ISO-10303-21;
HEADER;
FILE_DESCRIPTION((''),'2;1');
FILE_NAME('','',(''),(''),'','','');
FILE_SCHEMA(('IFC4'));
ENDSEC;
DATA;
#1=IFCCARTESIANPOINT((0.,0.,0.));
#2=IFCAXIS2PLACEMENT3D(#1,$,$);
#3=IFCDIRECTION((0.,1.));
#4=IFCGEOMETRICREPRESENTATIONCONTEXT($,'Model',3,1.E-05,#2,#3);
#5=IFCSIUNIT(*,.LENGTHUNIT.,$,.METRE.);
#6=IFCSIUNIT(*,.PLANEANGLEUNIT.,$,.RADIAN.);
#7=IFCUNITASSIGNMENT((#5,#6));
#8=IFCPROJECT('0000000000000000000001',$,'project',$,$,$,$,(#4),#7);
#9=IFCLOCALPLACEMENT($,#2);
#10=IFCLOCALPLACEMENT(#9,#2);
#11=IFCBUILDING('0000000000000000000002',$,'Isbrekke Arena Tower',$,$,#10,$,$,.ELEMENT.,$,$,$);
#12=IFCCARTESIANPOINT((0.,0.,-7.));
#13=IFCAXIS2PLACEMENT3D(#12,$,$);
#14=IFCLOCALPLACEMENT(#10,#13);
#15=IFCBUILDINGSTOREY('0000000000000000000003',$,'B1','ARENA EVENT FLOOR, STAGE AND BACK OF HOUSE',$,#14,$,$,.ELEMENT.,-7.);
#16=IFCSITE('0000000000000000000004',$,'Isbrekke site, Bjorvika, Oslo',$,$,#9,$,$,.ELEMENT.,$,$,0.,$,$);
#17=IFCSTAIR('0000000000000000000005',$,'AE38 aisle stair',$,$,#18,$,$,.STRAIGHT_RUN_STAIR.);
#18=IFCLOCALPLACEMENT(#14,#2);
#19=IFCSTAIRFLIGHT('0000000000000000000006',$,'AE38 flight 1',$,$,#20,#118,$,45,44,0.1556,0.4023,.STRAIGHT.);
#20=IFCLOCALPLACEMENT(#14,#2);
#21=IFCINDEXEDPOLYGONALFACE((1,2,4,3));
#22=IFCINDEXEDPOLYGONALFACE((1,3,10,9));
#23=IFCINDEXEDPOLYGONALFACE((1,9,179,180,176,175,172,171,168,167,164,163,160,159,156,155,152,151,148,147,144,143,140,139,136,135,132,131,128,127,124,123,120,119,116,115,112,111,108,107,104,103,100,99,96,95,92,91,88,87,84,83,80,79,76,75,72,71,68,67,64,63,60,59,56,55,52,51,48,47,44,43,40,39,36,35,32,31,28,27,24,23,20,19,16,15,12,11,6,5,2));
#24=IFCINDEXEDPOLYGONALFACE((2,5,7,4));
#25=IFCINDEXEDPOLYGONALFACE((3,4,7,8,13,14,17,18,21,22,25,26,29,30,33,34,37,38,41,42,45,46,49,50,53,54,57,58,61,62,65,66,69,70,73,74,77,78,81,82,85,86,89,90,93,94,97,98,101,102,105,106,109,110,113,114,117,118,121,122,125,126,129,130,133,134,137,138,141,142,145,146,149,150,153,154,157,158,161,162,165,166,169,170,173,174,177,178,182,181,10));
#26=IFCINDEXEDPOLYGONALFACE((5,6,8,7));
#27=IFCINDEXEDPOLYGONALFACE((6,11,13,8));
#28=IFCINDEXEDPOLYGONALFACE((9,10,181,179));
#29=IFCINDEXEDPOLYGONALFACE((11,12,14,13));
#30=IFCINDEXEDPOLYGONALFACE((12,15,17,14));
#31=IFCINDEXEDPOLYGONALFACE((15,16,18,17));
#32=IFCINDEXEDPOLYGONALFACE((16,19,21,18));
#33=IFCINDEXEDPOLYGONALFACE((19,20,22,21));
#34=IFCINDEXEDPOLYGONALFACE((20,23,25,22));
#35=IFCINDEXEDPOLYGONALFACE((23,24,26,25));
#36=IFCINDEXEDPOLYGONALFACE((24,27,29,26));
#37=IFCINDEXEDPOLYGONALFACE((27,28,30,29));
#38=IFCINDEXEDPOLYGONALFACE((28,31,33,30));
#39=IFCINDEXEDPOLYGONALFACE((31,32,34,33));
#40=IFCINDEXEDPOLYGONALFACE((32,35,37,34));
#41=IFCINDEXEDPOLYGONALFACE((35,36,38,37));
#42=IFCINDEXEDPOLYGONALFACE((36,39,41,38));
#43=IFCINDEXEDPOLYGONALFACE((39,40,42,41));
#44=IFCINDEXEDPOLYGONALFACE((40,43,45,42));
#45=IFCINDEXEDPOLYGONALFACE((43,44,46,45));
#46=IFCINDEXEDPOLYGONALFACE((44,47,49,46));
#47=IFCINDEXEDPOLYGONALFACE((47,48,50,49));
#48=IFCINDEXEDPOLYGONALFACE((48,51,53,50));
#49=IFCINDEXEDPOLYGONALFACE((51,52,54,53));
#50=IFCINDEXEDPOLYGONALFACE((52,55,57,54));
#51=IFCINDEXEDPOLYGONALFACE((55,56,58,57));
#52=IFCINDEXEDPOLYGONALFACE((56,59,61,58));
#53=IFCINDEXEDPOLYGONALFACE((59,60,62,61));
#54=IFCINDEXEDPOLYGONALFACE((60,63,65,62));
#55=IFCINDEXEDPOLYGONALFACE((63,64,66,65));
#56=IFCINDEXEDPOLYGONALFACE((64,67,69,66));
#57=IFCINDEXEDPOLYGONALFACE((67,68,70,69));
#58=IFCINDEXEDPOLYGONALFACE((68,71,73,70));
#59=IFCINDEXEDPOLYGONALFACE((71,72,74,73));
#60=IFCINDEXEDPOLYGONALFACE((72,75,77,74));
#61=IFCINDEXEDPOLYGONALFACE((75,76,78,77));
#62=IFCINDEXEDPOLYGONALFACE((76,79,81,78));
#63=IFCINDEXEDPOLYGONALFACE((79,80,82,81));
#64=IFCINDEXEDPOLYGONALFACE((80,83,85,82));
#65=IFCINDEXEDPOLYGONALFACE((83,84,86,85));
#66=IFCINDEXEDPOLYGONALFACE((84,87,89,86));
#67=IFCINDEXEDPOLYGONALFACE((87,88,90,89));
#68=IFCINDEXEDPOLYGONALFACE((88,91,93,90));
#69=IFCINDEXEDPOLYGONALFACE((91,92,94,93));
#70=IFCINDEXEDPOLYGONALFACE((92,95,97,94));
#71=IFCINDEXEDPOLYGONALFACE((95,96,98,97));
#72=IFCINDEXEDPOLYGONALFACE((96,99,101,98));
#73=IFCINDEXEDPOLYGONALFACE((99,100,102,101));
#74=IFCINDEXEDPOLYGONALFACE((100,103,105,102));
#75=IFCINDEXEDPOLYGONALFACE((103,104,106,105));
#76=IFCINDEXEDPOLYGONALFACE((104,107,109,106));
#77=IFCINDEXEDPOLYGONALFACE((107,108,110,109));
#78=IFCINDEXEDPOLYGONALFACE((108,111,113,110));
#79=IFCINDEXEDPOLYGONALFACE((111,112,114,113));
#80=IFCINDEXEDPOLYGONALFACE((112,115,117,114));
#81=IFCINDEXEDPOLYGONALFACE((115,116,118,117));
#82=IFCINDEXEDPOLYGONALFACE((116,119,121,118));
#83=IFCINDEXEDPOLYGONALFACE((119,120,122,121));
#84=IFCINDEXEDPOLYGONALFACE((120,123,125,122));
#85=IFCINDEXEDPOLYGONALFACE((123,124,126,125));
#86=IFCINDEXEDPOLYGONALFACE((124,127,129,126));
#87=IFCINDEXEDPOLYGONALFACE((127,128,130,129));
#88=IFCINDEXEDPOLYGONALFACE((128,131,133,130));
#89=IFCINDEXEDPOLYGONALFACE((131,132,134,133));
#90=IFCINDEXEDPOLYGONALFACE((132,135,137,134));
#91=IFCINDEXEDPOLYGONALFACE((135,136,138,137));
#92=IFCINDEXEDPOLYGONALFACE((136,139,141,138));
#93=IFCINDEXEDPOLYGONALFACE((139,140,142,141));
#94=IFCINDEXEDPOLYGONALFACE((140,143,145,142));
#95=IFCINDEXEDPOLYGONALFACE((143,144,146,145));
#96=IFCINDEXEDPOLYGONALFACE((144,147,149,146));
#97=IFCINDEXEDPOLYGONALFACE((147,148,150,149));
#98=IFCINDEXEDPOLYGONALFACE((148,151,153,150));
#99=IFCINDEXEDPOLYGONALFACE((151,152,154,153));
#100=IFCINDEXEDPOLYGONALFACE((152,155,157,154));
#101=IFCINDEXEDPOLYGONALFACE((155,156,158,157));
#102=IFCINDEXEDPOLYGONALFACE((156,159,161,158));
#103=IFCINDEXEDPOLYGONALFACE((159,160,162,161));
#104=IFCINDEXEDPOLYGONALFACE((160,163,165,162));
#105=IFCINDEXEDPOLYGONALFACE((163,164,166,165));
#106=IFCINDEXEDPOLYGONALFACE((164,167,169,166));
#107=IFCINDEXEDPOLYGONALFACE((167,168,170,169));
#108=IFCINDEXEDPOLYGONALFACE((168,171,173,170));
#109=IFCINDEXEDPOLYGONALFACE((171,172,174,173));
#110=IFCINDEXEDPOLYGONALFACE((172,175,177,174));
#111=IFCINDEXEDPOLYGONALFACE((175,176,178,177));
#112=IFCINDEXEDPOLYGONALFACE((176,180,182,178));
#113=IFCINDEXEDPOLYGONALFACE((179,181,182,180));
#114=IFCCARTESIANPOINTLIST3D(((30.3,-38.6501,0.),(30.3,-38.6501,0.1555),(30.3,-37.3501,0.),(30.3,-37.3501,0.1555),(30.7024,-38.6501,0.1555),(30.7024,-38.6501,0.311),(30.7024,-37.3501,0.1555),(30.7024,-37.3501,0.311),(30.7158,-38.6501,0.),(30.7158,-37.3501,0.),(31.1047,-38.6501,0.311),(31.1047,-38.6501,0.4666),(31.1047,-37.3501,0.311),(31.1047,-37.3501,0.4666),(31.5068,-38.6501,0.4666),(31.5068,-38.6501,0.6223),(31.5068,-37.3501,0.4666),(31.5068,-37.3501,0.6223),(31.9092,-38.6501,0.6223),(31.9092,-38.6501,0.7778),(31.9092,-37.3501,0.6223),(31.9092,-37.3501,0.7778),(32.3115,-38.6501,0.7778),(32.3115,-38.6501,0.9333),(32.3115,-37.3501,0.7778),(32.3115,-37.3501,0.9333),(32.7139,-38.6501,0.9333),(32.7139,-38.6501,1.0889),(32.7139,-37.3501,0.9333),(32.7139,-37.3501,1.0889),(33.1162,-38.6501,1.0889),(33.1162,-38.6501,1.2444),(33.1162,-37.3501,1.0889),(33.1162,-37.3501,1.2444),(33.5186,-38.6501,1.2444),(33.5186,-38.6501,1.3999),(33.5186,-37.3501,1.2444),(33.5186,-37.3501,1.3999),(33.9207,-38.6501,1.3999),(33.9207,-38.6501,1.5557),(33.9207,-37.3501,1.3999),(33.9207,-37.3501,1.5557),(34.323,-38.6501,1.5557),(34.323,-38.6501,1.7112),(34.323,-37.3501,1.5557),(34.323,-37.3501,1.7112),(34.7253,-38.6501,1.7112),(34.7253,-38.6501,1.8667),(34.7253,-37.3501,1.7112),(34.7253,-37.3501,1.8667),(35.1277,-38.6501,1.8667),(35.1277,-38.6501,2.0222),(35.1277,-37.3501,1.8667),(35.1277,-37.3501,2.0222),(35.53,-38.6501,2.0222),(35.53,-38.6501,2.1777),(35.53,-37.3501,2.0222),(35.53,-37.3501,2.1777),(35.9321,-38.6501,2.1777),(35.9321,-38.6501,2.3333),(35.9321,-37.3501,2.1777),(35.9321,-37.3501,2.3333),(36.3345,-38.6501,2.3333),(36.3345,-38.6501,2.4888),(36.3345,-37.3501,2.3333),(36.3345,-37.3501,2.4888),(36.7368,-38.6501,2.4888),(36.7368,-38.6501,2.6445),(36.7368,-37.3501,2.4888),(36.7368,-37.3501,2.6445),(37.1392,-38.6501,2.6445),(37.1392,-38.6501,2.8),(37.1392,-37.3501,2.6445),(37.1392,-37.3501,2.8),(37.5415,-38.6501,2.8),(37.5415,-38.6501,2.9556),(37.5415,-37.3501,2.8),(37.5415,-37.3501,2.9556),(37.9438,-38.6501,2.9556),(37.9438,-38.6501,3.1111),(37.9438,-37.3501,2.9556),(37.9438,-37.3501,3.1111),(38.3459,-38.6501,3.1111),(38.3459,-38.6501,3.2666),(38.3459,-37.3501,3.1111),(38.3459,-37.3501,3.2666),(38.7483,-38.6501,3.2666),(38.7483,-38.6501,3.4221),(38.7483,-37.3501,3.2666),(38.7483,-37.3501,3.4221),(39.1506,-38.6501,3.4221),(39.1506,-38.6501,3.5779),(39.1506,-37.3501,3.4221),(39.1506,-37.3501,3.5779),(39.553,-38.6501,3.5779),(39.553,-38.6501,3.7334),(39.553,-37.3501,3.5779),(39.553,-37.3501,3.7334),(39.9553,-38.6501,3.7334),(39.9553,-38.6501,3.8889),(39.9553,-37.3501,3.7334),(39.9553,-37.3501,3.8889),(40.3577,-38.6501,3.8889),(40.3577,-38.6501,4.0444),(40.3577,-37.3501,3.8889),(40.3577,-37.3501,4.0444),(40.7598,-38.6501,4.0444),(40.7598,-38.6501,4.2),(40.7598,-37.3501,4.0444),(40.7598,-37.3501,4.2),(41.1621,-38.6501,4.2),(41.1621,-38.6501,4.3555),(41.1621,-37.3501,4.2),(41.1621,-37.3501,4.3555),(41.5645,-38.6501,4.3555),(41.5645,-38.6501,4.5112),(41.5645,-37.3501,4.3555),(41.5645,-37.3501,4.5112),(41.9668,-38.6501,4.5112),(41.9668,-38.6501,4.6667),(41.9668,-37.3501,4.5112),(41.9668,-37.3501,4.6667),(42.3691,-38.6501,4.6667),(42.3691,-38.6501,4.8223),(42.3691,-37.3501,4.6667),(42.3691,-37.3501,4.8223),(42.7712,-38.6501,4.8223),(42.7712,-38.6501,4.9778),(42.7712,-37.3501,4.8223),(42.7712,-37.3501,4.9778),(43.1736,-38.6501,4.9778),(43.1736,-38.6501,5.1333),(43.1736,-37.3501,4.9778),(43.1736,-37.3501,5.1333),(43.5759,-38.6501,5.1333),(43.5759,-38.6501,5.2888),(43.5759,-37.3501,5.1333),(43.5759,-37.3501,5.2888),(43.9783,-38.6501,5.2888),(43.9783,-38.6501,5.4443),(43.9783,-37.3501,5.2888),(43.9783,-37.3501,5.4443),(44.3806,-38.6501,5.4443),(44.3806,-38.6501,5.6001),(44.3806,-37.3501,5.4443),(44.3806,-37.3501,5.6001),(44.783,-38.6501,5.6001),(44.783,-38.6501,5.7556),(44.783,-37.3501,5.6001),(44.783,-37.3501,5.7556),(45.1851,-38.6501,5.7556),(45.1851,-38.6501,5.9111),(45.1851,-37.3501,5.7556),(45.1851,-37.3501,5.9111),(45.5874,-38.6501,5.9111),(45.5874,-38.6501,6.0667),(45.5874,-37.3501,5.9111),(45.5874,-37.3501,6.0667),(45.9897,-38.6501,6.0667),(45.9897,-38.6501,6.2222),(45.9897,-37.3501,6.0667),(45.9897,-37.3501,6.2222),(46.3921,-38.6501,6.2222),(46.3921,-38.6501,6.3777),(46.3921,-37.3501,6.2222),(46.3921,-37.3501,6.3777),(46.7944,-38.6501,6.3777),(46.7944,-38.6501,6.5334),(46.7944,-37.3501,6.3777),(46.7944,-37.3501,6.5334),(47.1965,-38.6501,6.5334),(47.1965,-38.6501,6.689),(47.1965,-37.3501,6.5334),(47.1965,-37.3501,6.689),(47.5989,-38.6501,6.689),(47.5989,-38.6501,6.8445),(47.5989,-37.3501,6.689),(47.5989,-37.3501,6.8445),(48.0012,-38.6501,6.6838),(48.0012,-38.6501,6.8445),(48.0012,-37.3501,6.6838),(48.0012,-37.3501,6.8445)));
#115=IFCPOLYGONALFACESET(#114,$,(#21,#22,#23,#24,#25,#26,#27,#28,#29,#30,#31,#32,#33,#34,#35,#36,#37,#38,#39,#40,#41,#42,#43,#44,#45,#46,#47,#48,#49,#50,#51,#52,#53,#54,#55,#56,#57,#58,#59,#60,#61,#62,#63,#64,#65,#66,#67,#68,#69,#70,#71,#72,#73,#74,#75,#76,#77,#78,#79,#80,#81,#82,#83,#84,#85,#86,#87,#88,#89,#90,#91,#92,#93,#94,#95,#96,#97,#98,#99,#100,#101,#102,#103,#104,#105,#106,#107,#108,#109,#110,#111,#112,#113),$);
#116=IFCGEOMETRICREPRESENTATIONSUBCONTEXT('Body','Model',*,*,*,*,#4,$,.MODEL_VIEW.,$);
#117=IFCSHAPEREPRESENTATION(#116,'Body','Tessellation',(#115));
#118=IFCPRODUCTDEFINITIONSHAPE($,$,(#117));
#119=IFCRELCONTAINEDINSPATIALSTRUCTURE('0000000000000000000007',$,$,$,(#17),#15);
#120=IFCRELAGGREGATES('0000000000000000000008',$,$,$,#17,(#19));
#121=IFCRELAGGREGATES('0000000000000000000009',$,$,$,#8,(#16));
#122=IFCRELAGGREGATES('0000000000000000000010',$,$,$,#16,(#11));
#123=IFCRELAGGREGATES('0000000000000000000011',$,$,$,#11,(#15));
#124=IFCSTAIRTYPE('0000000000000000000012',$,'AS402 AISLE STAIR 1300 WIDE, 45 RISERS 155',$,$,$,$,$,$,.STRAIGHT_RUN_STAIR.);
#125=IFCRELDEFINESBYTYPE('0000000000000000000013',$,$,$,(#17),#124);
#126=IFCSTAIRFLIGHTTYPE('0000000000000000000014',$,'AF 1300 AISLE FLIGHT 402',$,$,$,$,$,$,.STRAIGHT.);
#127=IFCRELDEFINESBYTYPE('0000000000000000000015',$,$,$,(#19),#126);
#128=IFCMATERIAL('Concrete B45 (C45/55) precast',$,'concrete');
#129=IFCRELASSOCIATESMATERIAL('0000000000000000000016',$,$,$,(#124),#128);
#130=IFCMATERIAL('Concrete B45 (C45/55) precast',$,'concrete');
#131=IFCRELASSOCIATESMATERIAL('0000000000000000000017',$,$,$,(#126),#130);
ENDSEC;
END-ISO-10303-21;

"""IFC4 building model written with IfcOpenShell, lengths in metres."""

from ifc_helpers import new_model, si_unit, direction, frame, origin, place, context, subcontext, project, spatial, polyline, outline, extrude, material, type_object, element, aggregate, save


model = new_model("IFC4")

# Units and contexts
model_context = context("Model", 3, precision=1e-05, world=origin(), true_north=direction((0.0, 1.0)))
body_context = subcontext(model_context, "Body", "Model", "MODEL_VIEW")
ifc_project = project(units=[si_unit("LENGTHUNIT", "METRE"), si_unit("PLANEANGLEUNIT", "RADIAN")], contexts=[model_context])

# Site, building, storey
site_placement = place(None, origin())
site = spatial("IfcSite", under=ifc_project, at=site_placement, Name="Isbrekke site, Bjorvika, Oslo", CompositionType="ELEMENT", RefElevation=0.0)
building_placement = place(site_placement, origin())
building = spatial("IfcBuilding", under=site, at=building_placement, Name="Isbrekke Arena Tower", CompositionType="ELEMENT")
storey_placement = place(building_placement, frame((0.0, 0.0, -7.0)))
storey = spatial("IfcBuildingStorey", under=building, at=storey_placement, Name="B1", Description="ARENA EVENT FLOOR, STAGE AND BACK OF HOUSE", CompositionType="ELEMENT", Elevation=-7.0)

# Stair, stair flight
ifc_material_1 = material(Name="Concrete B45 (C45/55) precast", Category="concrete")
stair_type = type_object("IfcStairType", Name="AS402 AISLE STAIR 1300 WIDE, 45 RISERS 155", PredefinedType="STRAIGHT_RUN_STAIR", material=ifc_material_1)
stair_1_placement = place(storey_placement, origin())
stair_1 = element("IfcStair", 1, at=stair_1_placement, inside=storey, type_object=stair_type, Name="AE38 aisle stair", PredefinedType="STRAIGHT_RUN_STAIR")
ifc_material_2 = material(Name="Concrete B45 (C45/55) precast", Category="concrete")
stair_flight_type = type_object("IfcStairFlightType", Name="AF 1300 AISLE FLIGHT 402", PredefinedType="STRAIGHT", material=ifc_material_2)
stair_flight_1_placement = place(storey_placement, frame((30.3, -38.0, 0.0), z_axis=(0.0, 0.0, 1.0), x_axis=(1.0, 0.0, 0.0)))
stair_flight_1 = element("IfcStairFlight", 2, at=stair_flight_1_placement, type_object=stair_flight_type, Name="AE38 flight 1", NumberOfRisers=45, NumberOfTreads=44, PredefinedType="STRAIGHT", RiserHeight=0.1556, TreadLength=0.4023, context=body_context, shape_type="SweptSolid", body=[
    extrude(outline(polyline([(0.0, 0.0), (0.0, 0.1555), (0.4023, 0.1555), (0.4023, 0.311), (0.8047, 0.311), (0.8047, 0.4666), (1.2068, 0.4666), (1.2068, 0.6223), (1.6091, 0.6223), (1.6091, 0.7778), (2.0115, 0.7778), (2.0115, 0.9333), (2.4138, 0.9333), (2.4138, 1.0889), (2.8162, 1.0889), (2.8162, 1.2444), (3.2185, 1.2444), (3.2185, 1.3999), (3.6206, 1.3999), (3.6206, 1.5557), (4.0229, 1.5557), (4.0229, 1.7112), (4.4253, 1.7112), (4.4253, 1.8667), (4.8276, 1.8667), (4.8276, 2.0222), (5.23, 2.0222), (5.23, 2.1777), (5.6321, 2.1777), (5.6321, 2.3333), (6.0344, 2.3333), (6.0344, 2.4888), (6.4368, 2.4888), (6.4368, 2.6445), (6.8391, 2.6445), (6.8391, 2.8), (7.2415, 2.8), (7.2415, 2.9556), (7.6438, 2.9556), (7.6438, 3.1111), (8.0459, 3.1111), (8.0459, 3.2666), (8.4482, 3.2666), (8.4482, 3.4221), (8.8506, 3.4221), (8.8506, 3.5779), (9.2529, 3.5779), (9.2529, 3.7334), (9.6553, 3.7334), (9.6553, 3.8889), (10.0576, 3.8889), (10.0576, 4.0444), (10.4597, 4.0444), (10.4597, 4.2), (10.8621, 4.2), (10.8621, 4.3555), (11.2644, 4.3555), (11.2644, 4.5112), (11.6667, 4.5112), (11.6667, 4.6667), (12.0691, 4.6667), (12.0691, 4.8223), (12.4712, 4.8223), (12.4712, 4.9778), (12.8735, 4.9778), (12.8735, 5.1333), (13.2759, 5.1333), (13.2759, 5.2888), (13.6782, 5.2888), (13.6782, 5.4443), (14.0806, 5.4443), (14.0806, 5.6001), (14.4829, 5.6001), (14.4829, 5.7556), (14.885, 5.7556), (14.885, 5.9111), (15.2874, 5.9111), (15.2874, 6.0667), (15.6897, 6.0667), (15.6897, 6.2222), (16.092, 6.2222), (16.092, 6.3777), (16.4944, 6.3777), (16.4944, 6.5334), (16.8965, 6.5334), (16.8965, 6.689), (17.2988, 6.689), (17.2988, 6.8445), (17.7012, 6.8445), (17.7012, 7.0), (17.7012, 6.6838), (0.4158, 0.0), (0.0, 0.0)])), frame((0.0, 0.6499, 0.0), z_axis=(0.0, -1.0, 0.0), x_axis=(1.0, 0.0, 0.0)), (0.0, 0.0, 1.0), 1.3),
])
aggregate(stair_1, [stair_flight_1])

save(model, "model.ifc")
